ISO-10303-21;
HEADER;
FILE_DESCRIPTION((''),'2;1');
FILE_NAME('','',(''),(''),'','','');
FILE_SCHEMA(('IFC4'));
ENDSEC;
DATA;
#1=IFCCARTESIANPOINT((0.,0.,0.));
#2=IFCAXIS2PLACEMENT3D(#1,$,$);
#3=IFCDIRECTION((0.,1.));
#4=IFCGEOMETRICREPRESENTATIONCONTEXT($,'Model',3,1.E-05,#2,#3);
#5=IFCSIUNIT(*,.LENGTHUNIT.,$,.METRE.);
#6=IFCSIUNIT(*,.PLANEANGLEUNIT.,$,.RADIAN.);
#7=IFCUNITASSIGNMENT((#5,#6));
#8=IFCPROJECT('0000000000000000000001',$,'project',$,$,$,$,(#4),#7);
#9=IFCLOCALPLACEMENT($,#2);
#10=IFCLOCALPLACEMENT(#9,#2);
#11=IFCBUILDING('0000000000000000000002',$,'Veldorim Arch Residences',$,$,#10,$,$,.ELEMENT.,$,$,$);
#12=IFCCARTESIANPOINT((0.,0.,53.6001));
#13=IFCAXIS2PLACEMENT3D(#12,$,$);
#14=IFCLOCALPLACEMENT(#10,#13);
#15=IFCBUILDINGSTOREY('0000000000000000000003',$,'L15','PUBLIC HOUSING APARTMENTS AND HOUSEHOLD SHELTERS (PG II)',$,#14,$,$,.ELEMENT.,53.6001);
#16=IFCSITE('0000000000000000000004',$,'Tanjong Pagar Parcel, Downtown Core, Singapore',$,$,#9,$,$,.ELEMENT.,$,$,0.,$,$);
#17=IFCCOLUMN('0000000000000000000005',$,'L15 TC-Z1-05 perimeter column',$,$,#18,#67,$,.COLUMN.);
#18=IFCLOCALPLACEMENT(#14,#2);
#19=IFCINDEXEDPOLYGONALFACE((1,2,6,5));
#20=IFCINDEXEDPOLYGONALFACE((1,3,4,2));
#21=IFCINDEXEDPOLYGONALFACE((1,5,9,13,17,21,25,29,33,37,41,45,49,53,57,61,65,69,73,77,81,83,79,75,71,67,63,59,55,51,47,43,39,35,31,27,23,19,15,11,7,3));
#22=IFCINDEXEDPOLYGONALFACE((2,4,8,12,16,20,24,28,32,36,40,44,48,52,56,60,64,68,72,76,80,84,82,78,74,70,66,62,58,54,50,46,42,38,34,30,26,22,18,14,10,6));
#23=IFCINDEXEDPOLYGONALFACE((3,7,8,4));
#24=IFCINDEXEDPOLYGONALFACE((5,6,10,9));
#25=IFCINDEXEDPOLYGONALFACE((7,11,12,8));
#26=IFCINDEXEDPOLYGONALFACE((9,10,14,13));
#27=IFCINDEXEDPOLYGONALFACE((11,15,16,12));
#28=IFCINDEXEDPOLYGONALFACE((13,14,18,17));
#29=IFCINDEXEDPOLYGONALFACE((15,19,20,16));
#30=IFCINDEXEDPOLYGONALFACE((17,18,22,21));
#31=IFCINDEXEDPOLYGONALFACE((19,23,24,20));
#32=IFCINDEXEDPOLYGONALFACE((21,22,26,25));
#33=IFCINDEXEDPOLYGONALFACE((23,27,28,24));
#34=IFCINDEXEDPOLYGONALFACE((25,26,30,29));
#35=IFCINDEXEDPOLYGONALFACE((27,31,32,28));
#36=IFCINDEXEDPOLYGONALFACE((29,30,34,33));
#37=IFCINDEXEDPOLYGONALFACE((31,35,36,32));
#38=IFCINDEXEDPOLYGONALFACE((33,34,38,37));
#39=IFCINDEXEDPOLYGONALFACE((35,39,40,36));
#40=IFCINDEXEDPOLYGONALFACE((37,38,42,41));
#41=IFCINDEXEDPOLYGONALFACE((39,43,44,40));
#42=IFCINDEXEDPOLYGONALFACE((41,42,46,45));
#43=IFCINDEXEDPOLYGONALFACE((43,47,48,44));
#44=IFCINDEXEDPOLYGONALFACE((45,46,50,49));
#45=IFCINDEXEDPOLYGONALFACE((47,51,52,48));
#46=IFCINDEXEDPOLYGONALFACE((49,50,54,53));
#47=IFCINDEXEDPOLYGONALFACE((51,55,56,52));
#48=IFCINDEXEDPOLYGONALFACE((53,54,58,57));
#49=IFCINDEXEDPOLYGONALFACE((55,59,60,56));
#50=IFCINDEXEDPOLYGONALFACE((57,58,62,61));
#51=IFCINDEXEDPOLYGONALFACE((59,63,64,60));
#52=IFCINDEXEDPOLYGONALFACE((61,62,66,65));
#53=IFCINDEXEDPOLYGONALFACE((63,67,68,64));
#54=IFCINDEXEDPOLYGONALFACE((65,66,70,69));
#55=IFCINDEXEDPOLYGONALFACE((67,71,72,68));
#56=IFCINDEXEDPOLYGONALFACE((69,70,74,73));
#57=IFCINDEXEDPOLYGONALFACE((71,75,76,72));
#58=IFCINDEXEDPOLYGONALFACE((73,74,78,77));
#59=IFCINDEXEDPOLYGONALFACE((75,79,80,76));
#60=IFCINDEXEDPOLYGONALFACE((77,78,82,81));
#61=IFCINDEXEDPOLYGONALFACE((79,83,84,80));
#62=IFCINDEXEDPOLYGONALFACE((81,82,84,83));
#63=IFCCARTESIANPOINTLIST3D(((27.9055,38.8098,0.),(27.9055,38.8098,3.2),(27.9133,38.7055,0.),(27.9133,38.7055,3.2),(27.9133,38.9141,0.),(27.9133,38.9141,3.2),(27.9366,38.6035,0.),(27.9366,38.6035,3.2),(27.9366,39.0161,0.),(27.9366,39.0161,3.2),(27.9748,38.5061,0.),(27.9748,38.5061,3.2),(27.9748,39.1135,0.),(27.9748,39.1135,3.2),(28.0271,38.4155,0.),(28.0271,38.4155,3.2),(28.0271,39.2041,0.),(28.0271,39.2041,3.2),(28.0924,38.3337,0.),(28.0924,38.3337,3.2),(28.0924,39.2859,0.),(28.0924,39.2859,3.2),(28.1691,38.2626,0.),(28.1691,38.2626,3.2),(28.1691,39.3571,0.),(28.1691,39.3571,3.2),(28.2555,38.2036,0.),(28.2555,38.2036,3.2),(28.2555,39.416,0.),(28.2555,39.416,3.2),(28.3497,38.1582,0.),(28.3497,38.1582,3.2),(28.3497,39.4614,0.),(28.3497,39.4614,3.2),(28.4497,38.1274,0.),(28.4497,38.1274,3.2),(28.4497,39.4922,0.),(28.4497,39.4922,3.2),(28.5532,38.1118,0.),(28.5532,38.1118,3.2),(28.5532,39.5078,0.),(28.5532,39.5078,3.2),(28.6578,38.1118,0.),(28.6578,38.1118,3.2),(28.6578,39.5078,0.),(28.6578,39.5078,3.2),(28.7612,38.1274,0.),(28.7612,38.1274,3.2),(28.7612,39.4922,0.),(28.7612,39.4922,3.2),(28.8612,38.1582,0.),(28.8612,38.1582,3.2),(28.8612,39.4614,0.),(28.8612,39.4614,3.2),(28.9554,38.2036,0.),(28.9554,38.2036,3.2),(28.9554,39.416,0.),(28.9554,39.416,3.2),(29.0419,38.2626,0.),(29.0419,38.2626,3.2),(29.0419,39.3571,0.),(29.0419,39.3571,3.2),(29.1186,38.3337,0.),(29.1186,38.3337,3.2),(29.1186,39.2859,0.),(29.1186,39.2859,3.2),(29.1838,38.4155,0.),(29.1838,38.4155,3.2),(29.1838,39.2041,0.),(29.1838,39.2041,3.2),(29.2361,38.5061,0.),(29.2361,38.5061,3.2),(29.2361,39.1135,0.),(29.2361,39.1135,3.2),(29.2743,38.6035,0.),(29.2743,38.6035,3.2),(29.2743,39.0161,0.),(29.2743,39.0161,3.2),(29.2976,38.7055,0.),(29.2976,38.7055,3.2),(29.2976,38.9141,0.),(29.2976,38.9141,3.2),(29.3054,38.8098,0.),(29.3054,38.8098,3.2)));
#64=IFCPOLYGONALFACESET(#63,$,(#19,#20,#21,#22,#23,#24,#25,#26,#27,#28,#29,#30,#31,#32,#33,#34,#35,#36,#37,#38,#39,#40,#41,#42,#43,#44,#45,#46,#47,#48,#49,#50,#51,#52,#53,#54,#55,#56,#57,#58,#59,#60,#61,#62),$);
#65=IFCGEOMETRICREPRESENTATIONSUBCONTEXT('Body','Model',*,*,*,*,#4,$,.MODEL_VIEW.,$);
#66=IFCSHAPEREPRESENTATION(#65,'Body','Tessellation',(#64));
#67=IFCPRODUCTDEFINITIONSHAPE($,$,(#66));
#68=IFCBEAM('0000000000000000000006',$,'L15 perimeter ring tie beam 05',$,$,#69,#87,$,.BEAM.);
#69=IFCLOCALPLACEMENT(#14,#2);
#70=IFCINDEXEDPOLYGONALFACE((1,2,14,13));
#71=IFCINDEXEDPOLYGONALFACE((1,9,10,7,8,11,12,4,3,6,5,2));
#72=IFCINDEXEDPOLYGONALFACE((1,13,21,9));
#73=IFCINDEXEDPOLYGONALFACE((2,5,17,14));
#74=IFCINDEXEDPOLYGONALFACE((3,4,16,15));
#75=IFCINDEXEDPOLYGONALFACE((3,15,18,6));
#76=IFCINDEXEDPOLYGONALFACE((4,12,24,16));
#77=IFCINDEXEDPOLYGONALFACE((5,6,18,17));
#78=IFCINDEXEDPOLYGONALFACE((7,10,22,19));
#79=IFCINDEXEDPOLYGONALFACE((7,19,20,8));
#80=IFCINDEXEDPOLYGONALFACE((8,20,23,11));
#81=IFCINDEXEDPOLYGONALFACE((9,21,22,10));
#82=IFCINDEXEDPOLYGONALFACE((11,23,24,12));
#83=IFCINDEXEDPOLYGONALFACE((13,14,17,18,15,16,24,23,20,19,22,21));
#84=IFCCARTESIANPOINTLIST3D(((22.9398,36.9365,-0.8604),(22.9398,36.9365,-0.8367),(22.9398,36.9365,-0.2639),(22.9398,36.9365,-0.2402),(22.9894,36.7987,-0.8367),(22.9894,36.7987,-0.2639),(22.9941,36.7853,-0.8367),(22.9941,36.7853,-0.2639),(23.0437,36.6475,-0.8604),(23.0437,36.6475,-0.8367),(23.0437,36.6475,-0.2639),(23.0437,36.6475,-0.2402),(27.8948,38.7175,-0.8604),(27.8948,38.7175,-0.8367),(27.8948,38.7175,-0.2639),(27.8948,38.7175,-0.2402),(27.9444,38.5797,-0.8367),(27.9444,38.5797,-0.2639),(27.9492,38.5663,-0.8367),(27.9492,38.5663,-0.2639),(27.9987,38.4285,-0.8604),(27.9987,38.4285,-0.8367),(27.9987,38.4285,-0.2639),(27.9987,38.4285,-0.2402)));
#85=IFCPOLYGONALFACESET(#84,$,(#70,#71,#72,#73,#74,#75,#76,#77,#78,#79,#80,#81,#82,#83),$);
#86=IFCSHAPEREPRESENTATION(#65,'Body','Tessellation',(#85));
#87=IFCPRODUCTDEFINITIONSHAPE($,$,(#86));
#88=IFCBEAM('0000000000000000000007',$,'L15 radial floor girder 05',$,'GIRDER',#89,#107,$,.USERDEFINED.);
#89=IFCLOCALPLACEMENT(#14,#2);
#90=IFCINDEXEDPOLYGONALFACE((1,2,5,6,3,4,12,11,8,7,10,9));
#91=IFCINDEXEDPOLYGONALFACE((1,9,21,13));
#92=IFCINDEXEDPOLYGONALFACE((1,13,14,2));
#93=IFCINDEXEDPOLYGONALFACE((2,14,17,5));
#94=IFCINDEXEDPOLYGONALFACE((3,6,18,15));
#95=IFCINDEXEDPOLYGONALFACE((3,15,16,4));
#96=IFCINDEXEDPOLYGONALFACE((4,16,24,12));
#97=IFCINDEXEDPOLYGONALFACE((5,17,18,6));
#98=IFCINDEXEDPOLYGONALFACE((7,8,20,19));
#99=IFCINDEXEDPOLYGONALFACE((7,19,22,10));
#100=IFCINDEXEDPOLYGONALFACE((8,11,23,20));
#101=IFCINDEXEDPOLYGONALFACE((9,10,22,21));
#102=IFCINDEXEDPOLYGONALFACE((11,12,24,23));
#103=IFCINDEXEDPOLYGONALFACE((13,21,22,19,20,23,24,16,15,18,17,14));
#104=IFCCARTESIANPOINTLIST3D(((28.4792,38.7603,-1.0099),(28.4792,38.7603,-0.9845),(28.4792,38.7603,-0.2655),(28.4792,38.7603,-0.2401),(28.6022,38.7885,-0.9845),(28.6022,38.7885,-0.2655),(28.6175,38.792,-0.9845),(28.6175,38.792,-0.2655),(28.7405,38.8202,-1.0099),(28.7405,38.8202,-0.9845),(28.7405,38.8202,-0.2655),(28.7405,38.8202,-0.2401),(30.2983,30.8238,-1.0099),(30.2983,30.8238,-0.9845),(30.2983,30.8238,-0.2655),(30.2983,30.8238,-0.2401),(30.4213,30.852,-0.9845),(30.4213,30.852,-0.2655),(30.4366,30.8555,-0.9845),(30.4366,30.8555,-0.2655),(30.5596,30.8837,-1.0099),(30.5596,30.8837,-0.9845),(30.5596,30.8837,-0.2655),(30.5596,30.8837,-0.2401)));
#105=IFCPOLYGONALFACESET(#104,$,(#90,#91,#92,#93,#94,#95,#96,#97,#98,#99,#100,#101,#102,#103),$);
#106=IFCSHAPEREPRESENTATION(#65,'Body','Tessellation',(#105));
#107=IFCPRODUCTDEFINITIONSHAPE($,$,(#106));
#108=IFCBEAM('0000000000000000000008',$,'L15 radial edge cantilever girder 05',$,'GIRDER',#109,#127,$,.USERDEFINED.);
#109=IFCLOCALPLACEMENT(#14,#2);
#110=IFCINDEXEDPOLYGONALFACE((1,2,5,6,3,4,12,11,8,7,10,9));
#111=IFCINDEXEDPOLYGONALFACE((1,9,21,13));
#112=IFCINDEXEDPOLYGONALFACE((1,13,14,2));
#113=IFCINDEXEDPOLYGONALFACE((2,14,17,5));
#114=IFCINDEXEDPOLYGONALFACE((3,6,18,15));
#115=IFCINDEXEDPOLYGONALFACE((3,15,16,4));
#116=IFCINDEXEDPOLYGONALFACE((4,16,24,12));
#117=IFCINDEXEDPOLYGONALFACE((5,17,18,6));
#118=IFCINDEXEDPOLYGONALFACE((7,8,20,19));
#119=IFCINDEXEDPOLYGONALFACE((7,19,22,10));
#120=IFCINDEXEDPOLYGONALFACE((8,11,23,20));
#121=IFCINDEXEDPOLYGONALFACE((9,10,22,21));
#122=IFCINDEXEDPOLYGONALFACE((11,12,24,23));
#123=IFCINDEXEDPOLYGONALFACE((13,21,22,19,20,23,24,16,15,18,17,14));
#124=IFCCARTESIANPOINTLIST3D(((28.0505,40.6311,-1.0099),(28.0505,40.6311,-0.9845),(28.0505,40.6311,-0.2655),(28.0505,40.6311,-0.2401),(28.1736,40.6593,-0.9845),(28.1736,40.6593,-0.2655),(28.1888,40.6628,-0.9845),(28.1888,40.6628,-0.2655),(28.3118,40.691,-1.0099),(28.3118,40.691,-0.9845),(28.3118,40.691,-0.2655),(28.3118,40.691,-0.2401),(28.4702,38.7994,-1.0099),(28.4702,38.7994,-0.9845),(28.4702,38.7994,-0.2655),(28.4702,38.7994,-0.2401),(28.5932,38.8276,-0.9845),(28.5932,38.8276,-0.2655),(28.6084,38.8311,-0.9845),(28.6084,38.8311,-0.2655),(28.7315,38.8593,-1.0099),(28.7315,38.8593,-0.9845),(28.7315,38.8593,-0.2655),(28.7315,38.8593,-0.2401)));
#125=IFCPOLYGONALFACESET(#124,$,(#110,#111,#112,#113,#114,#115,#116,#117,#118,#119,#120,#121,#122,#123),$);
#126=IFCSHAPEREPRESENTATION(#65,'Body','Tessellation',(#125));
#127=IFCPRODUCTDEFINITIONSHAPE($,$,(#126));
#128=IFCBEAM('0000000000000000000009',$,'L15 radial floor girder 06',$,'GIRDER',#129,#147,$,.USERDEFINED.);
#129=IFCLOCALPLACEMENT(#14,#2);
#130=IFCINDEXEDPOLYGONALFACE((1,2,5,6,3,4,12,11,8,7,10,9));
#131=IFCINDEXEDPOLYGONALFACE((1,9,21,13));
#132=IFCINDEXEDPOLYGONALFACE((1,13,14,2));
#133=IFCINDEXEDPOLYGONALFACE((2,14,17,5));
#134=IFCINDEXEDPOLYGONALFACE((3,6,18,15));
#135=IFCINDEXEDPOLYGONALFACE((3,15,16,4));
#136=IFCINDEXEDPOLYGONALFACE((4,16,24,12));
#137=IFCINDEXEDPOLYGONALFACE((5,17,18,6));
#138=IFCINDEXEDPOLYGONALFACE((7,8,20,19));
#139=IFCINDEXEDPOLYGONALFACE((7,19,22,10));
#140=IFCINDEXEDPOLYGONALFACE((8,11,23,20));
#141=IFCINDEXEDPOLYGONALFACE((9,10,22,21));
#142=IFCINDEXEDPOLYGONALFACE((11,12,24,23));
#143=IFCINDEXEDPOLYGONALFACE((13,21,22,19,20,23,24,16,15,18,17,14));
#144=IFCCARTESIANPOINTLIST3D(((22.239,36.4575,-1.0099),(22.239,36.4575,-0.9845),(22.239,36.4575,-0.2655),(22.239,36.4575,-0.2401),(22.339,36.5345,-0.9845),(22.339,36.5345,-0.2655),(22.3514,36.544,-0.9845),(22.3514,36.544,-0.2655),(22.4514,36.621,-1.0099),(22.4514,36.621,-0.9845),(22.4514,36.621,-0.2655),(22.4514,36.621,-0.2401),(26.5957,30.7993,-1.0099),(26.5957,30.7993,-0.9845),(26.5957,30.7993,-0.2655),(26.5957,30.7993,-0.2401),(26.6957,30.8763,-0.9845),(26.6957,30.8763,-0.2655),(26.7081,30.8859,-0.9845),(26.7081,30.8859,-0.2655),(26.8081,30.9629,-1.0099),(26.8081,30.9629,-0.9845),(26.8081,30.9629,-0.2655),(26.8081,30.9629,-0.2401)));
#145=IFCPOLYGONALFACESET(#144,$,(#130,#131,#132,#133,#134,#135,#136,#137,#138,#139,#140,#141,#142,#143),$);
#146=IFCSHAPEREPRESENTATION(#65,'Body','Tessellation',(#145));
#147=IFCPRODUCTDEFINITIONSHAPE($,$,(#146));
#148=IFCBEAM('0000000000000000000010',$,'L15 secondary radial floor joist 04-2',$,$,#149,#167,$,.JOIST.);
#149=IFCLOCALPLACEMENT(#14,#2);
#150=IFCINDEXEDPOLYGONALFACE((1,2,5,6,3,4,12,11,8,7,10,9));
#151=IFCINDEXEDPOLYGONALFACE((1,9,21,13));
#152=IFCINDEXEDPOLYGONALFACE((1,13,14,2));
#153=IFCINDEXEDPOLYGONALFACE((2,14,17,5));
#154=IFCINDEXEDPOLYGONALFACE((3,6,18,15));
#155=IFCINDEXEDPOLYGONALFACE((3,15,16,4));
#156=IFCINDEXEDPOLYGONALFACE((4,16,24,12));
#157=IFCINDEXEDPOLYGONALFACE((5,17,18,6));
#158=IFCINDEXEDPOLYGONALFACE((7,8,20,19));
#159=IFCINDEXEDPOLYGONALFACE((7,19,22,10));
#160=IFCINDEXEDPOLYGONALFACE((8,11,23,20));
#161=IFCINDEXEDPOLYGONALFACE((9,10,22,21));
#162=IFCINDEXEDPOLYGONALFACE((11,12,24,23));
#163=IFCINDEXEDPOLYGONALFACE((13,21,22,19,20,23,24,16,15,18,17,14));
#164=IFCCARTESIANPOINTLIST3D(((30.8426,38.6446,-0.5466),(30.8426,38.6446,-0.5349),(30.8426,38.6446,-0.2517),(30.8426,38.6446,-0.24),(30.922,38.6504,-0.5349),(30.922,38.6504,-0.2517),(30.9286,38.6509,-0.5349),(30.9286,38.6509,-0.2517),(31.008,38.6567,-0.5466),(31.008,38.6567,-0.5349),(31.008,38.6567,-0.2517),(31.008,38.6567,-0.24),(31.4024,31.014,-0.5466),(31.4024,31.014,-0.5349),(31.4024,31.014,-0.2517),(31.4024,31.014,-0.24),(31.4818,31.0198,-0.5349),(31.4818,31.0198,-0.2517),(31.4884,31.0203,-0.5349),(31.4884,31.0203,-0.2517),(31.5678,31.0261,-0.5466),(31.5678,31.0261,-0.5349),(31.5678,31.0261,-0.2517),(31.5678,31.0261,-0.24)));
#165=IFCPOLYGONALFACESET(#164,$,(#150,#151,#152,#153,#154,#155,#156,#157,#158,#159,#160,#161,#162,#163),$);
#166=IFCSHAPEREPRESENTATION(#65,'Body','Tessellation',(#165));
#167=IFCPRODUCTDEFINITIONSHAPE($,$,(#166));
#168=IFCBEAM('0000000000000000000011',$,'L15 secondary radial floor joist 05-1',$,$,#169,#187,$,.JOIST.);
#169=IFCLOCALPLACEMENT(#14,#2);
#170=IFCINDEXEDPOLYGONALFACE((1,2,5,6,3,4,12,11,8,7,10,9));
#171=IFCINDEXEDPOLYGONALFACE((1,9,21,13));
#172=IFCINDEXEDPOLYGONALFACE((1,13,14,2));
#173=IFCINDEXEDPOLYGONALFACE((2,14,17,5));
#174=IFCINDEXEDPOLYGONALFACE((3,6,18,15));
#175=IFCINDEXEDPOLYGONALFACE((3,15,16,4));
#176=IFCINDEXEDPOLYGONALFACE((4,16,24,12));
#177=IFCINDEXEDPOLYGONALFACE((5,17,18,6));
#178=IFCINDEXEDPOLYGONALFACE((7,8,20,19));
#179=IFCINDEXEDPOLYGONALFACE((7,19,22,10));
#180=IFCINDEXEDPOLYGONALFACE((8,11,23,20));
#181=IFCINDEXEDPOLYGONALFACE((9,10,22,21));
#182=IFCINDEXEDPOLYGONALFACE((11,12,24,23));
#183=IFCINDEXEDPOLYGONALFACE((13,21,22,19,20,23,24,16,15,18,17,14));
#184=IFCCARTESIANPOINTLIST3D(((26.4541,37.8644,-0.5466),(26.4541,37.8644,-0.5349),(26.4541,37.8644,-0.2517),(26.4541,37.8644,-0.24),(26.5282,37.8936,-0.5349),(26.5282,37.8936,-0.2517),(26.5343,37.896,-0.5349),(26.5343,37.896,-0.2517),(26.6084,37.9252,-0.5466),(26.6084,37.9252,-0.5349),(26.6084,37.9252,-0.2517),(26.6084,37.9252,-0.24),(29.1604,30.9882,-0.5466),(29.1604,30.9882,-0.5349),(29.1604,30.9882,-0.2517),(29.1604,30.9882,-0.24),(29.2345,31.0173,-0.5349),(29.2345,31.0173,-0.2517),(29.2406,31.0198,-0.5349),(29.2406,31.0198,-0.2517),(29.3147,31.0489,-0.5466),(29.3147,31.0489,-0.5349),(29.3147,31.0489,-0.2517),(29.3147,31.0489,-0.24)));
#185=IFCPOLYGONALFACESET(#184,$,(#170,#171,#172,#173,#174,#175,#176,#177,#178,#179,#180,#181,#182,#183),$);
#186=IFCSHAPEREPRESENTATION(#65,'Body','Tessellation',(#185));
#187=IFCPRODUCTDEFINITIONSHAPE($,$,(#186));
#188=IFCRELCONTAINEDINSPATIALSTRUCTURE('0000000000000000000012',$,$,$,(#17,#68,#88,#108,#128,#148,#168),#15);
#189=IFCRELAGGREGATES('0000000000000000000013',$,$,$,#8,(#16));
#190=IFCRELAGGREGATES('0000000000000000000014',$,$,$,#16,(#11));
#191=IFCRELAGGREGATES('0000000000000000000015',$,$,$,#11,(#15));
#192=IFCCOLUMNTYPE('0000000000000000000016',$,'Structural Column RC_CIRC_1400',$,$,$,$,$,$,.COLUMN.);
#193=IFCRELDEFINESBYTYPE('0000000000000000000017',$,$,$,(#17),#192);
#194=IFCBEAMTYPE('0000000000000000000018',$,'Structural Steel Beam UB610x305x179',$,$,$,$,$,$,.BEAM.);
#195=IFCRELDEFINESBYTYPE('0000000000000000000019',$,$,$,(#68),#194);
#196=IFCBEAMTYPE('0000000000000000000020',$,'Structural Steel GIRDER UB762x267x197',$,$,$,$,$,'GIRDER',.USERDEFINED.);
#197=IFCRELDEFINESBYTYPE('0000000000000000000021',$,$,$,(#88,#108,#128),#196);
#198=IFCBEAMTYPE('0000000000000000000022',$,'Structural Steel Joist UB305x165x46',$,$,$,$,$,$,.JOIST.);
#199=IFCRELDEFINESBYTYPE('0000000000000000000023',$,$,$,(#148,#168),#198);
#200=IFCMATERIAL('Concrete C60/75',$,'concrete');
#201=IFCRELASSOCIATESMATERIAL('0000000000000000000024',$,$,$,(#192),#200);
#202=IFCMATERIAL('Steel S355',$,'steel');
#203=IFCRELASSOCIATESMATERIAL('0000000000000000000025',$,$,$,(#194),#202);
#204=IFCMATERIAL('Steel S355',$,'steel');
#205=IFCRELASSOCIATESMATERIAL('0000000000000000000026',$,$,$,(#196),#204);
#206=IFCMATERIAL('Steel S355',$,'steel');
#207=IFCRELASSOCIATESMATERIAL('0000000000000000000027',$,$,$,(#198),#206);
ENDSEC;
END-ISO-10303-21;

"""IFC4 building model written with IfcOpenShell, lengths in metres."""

from ifc_helpers import new_model, si_unit, direction, frame, origin, origin_2d, place, context, subcontext, project, spatial, circle, i_section, extrude, material, material_profile, profile_set, type_object, element, save


model = new_model("IFC4")

# Units and contexts
model_context = context("Model", 3, precision=1e-05, world=origin(), true_north=direction((0.0, 1.0)))
body_context = subcontext(model_context, "Body", "Model", "MODEL_VIEW")
ifc_project = project(units=[si_unit("LENGTHUNIT", "METRE"), si_unit("PLANEANGLEUNIT", "RADIAN")], contexts=[model_context])

# Site, building, storey
site_placement = place(None, origin())
site = spatial("IfcSite", under=ifc_project, at=site_placement, Name="Tanjong Pagar Parcel, Downtown Core, Singapore", CompositionType="ELEMENT", RefElevation=0.0)
building_placement = place(site_placement, origin())
building = spatial("IfcBuilding", under=site, at=building_placement, Name="Veldorim Arch Residences", CompositionType="ELEMENT")
storey_placement = place(building_placement, frame((0.0, 0.0, 53.6001)))
storey = spatial("IfcBuildingStorey", under=building, at=storey_placement, Name="L15", Description="PUBLIC HOUSING APARTMENTS AND HOUSEHOLD SHELTERS (PG II)", CompositionType="ELEMENT", Elevation=53.6001)

# Column
ifc_material_1 = material(Name="Concrete C60/75", Category="concrete")
ifc_material_profile_1 = material_profile(ifc_material_1, circle(Radius=0.7, at=origin_2d()), Name="RC_CIRC_1400")
ifc_profile_set_1 = profile_set([ifc_material_profile_1], Name="Concrete C60/75")
column_type = type_object("IfcColumnType", Name="Structural Column RC_CIRC_1400", PredefinedType="COLUMN", material=ifc_profile_set_1)
column_placement = place(storey_placement, frame((28.6055, 38.8098, 0.0), z_axis=(0.0, 0.0, 1.0), x_axis=(1.0, 0.0, 0.0)))
element("IfcColumn", 1, at=column_placement, inside=storey, type_object=column_type, Name="L15 TC-Z1-05 perimeter column", PredefinedType="COLUMN", context=body_context, shape_type="SweptSolid", body=[
    extrude(circle(Radius=0.7, at=origin_2d()), origin(), (0.0, 0.0, 1.0), 3.2),
])

# Beams
ifc_material_2 = material(Name="Steel S355", Category="steel")
ifc_material_profile_2 = material_profile(ifc_material_2, i_section(OverallWidth=0.3071, OverallDepth=0.6201, WebThickness=0.0142, FlangeThickness=0.0237, at=origin_2d()), Name="UB610x305x179")
ifc_profile_set_2 = profile_set([ifc_material_profile_2], Name="Steel S355")
beam_type_1 = type_object("IfcBeamType", Name="Structural Steel Beam UB610x305x179", PredefinedType="BEAM", material=ifc_profile_set_2)
beam_1_placement = place(storey_placement, frame((27.9468, 38.573, -0.5503), z_axis=(-0.941058, -0.338245, 0.0), x_axis=(0.338245, -0.941058, 0.0)))
element("IfcBeam", 2, at=beam_1_placement, inside=storey, type_object=beam_type_1, Name="L15 perimeter ring tie beam 05", PredefinedType="BEAM", context=body_context, shape_type="SweptSolid", body=[
    extrude(i_section(OverallWidth=0.3071, OverallDepth=0.6201, WebThickness=0.0142, FlangeThickness=0.0237, at=origin_2d()), origin(), (0.0, 0.0, 1.0), 5.2654),
])
ifc_material_3 = material(Name="Steel S355", Category="steel")
ifc_material_profile_3 = material_profile(ifc_material_3, i_section(OverallWidth=0.2681, OverallDepth=0.7698, WebThickness=0.0156, FlangeThickness=0.0254, at=origin_2d()), Name="UB762x267x197")
ifc_profile_set_3 = profile_set([ifc_material_profile_3], Name="Steel S355")
beam_type_2 = type_object("IfcBeamType", Name="Structural Steel GIRDER UB762x267x197", ElementType="GIRDER", PredefinedType="USERDEFINED", material=ifc_profile_set_3)
beam_2_placement = place(storey_placement, frame((30.429, 30.8538, -0.625), z_axis=(-0.223412, 0.974724, 0.0), x_axis=(-0.974724, -0.223412, 0.0)))
element("IfcBeam", 3, at=beam_2_placement, inside=storey, type_object=beam_type_2, Name="L15 radial floor girder 05", ObjectType="GIRDER", PredefinedType="USERDEFINED", context=body_context, shape_type="SweptSolid", body=[
    extrude(i_section(OverallWidth=0.2681, OverallDepth=0.7698, WebThickness=0.0156, FlangeThickness=0.0254, at=origin_2d()), origin(), (0.0, 0.0, 1.0), 8.1423),
])
beam_3_placement = place(storey_placement, frame((28.6008, 38.8293, -0.625), z_axis=(-0.223322, 0.974745, 0.0), x_axis=(-0.974745, -0.223322, 0.0)))
element("IfcBeam", 4, at=beam_3_placement, inside=storey, type_object=beam_type_2, Name="L15 radial edge cantilever girder 05", ObjectType="GIRDER", PredefinedType="USERDEFINED", context=body_context, shape_type="SweptSolid", body=[
    extrude(i_section(OverallWidth=0.2681, OverallDepth=0.7698, WebThickness=0.0156, FlangeThickness=0.0254, at=origin_2d()), origin(), (0.0, 0.0, 1.0), 1.8792),
])
beam_4_placement = place(storey_placement, frame((26.7019, 30.8811, -0.625), z_axis=(-0.610082, 0.792338, 0.0), x_axis=(-0.792338, -0.610082, 0.0)))
element("IfcBeam", 5, at=beam_4_placement, inside=storey, type_object=beam_type_2, Name="L15 radial floor girder 06", ObjectType="GIRDER", PredefinedType="USERDEFINED", context=body_context, shape_type="SweptSolid", body=[
    extrude(i_section(OverallWidth=0.2681, OverallDepth=0.7698, WebThickness=0.0156, FlangeThickness=0.0254, at=origin_2d()), origin(), (0.0, 0.0, 1.0), 7.1411),
])
ifc_material_4 = material(Name="Steel S355", Category="steel")
ifc_material_profile_4 = material_profile(ifc_material_4, i_section(OverallWidth=0.1658, OverallDepth=0.3066, WebThickness=0.0066, FlangeThickness=0.0117, at=origin_2d()), Name="UB305x165x46")
ifc_profile_set_4 = profile_set([ifc_material_profile_4], Name="Steel S355")
beam_type_3 = type_object("IfcBeamType", Name="Structural Steel Joist UB305x165x46", PredefinedType="JOIST", material=ifc_profile_set_4)
beam_5_placement = place(storey_placement, frame((31.4851, 31.02, -0.3933), z_axis=(-0.073168, 0.99732, 0.0), x_axis=(-0.99732, -0.073168, 0.0)))
element("IfcBeam", 6, at=beam_5_placement, inside=storey, type_object=beam_type_3, Name="L15 secondary radial floor joist 04-2", PredefinedType="JOIST", context=body_context, shape_type="SweptSolid", body=[
    extrude(i_section(OverallWidth=0.1658, OverallDepth=0.3066, WebThickness=0.0066, FlangeThickness=0.0117, at=origin_2d()), origin(), (0.0, 0.0, 1.0), 7.6511),
])
beam_6_placement = place(storey_placement, frame((29.2375, 31.0186, -0.3933), z_axis=(-0.36623, 0.930524, 0.0), x_axis=(-0.930524, -0.36623, 0.0)))
element("IfcBeam", 7, at=beam_6_placement, inside=storey, type_object=beam_type_3, Name="L15 secondary radial floor joist 05-1", PredefinedType="JOIST", context=body_context, shape_type="SweptSolid", body=[
    extrude(i_section(OverallWidth=0.1658, OverallDepth=0.3066, WebThickness=0.0066, FlangeThickness=0.0117, at=origin_2d()), origin(), (0.0, 0.0, 1.0), 7.3896),
])

save(model, "model.ifc")
